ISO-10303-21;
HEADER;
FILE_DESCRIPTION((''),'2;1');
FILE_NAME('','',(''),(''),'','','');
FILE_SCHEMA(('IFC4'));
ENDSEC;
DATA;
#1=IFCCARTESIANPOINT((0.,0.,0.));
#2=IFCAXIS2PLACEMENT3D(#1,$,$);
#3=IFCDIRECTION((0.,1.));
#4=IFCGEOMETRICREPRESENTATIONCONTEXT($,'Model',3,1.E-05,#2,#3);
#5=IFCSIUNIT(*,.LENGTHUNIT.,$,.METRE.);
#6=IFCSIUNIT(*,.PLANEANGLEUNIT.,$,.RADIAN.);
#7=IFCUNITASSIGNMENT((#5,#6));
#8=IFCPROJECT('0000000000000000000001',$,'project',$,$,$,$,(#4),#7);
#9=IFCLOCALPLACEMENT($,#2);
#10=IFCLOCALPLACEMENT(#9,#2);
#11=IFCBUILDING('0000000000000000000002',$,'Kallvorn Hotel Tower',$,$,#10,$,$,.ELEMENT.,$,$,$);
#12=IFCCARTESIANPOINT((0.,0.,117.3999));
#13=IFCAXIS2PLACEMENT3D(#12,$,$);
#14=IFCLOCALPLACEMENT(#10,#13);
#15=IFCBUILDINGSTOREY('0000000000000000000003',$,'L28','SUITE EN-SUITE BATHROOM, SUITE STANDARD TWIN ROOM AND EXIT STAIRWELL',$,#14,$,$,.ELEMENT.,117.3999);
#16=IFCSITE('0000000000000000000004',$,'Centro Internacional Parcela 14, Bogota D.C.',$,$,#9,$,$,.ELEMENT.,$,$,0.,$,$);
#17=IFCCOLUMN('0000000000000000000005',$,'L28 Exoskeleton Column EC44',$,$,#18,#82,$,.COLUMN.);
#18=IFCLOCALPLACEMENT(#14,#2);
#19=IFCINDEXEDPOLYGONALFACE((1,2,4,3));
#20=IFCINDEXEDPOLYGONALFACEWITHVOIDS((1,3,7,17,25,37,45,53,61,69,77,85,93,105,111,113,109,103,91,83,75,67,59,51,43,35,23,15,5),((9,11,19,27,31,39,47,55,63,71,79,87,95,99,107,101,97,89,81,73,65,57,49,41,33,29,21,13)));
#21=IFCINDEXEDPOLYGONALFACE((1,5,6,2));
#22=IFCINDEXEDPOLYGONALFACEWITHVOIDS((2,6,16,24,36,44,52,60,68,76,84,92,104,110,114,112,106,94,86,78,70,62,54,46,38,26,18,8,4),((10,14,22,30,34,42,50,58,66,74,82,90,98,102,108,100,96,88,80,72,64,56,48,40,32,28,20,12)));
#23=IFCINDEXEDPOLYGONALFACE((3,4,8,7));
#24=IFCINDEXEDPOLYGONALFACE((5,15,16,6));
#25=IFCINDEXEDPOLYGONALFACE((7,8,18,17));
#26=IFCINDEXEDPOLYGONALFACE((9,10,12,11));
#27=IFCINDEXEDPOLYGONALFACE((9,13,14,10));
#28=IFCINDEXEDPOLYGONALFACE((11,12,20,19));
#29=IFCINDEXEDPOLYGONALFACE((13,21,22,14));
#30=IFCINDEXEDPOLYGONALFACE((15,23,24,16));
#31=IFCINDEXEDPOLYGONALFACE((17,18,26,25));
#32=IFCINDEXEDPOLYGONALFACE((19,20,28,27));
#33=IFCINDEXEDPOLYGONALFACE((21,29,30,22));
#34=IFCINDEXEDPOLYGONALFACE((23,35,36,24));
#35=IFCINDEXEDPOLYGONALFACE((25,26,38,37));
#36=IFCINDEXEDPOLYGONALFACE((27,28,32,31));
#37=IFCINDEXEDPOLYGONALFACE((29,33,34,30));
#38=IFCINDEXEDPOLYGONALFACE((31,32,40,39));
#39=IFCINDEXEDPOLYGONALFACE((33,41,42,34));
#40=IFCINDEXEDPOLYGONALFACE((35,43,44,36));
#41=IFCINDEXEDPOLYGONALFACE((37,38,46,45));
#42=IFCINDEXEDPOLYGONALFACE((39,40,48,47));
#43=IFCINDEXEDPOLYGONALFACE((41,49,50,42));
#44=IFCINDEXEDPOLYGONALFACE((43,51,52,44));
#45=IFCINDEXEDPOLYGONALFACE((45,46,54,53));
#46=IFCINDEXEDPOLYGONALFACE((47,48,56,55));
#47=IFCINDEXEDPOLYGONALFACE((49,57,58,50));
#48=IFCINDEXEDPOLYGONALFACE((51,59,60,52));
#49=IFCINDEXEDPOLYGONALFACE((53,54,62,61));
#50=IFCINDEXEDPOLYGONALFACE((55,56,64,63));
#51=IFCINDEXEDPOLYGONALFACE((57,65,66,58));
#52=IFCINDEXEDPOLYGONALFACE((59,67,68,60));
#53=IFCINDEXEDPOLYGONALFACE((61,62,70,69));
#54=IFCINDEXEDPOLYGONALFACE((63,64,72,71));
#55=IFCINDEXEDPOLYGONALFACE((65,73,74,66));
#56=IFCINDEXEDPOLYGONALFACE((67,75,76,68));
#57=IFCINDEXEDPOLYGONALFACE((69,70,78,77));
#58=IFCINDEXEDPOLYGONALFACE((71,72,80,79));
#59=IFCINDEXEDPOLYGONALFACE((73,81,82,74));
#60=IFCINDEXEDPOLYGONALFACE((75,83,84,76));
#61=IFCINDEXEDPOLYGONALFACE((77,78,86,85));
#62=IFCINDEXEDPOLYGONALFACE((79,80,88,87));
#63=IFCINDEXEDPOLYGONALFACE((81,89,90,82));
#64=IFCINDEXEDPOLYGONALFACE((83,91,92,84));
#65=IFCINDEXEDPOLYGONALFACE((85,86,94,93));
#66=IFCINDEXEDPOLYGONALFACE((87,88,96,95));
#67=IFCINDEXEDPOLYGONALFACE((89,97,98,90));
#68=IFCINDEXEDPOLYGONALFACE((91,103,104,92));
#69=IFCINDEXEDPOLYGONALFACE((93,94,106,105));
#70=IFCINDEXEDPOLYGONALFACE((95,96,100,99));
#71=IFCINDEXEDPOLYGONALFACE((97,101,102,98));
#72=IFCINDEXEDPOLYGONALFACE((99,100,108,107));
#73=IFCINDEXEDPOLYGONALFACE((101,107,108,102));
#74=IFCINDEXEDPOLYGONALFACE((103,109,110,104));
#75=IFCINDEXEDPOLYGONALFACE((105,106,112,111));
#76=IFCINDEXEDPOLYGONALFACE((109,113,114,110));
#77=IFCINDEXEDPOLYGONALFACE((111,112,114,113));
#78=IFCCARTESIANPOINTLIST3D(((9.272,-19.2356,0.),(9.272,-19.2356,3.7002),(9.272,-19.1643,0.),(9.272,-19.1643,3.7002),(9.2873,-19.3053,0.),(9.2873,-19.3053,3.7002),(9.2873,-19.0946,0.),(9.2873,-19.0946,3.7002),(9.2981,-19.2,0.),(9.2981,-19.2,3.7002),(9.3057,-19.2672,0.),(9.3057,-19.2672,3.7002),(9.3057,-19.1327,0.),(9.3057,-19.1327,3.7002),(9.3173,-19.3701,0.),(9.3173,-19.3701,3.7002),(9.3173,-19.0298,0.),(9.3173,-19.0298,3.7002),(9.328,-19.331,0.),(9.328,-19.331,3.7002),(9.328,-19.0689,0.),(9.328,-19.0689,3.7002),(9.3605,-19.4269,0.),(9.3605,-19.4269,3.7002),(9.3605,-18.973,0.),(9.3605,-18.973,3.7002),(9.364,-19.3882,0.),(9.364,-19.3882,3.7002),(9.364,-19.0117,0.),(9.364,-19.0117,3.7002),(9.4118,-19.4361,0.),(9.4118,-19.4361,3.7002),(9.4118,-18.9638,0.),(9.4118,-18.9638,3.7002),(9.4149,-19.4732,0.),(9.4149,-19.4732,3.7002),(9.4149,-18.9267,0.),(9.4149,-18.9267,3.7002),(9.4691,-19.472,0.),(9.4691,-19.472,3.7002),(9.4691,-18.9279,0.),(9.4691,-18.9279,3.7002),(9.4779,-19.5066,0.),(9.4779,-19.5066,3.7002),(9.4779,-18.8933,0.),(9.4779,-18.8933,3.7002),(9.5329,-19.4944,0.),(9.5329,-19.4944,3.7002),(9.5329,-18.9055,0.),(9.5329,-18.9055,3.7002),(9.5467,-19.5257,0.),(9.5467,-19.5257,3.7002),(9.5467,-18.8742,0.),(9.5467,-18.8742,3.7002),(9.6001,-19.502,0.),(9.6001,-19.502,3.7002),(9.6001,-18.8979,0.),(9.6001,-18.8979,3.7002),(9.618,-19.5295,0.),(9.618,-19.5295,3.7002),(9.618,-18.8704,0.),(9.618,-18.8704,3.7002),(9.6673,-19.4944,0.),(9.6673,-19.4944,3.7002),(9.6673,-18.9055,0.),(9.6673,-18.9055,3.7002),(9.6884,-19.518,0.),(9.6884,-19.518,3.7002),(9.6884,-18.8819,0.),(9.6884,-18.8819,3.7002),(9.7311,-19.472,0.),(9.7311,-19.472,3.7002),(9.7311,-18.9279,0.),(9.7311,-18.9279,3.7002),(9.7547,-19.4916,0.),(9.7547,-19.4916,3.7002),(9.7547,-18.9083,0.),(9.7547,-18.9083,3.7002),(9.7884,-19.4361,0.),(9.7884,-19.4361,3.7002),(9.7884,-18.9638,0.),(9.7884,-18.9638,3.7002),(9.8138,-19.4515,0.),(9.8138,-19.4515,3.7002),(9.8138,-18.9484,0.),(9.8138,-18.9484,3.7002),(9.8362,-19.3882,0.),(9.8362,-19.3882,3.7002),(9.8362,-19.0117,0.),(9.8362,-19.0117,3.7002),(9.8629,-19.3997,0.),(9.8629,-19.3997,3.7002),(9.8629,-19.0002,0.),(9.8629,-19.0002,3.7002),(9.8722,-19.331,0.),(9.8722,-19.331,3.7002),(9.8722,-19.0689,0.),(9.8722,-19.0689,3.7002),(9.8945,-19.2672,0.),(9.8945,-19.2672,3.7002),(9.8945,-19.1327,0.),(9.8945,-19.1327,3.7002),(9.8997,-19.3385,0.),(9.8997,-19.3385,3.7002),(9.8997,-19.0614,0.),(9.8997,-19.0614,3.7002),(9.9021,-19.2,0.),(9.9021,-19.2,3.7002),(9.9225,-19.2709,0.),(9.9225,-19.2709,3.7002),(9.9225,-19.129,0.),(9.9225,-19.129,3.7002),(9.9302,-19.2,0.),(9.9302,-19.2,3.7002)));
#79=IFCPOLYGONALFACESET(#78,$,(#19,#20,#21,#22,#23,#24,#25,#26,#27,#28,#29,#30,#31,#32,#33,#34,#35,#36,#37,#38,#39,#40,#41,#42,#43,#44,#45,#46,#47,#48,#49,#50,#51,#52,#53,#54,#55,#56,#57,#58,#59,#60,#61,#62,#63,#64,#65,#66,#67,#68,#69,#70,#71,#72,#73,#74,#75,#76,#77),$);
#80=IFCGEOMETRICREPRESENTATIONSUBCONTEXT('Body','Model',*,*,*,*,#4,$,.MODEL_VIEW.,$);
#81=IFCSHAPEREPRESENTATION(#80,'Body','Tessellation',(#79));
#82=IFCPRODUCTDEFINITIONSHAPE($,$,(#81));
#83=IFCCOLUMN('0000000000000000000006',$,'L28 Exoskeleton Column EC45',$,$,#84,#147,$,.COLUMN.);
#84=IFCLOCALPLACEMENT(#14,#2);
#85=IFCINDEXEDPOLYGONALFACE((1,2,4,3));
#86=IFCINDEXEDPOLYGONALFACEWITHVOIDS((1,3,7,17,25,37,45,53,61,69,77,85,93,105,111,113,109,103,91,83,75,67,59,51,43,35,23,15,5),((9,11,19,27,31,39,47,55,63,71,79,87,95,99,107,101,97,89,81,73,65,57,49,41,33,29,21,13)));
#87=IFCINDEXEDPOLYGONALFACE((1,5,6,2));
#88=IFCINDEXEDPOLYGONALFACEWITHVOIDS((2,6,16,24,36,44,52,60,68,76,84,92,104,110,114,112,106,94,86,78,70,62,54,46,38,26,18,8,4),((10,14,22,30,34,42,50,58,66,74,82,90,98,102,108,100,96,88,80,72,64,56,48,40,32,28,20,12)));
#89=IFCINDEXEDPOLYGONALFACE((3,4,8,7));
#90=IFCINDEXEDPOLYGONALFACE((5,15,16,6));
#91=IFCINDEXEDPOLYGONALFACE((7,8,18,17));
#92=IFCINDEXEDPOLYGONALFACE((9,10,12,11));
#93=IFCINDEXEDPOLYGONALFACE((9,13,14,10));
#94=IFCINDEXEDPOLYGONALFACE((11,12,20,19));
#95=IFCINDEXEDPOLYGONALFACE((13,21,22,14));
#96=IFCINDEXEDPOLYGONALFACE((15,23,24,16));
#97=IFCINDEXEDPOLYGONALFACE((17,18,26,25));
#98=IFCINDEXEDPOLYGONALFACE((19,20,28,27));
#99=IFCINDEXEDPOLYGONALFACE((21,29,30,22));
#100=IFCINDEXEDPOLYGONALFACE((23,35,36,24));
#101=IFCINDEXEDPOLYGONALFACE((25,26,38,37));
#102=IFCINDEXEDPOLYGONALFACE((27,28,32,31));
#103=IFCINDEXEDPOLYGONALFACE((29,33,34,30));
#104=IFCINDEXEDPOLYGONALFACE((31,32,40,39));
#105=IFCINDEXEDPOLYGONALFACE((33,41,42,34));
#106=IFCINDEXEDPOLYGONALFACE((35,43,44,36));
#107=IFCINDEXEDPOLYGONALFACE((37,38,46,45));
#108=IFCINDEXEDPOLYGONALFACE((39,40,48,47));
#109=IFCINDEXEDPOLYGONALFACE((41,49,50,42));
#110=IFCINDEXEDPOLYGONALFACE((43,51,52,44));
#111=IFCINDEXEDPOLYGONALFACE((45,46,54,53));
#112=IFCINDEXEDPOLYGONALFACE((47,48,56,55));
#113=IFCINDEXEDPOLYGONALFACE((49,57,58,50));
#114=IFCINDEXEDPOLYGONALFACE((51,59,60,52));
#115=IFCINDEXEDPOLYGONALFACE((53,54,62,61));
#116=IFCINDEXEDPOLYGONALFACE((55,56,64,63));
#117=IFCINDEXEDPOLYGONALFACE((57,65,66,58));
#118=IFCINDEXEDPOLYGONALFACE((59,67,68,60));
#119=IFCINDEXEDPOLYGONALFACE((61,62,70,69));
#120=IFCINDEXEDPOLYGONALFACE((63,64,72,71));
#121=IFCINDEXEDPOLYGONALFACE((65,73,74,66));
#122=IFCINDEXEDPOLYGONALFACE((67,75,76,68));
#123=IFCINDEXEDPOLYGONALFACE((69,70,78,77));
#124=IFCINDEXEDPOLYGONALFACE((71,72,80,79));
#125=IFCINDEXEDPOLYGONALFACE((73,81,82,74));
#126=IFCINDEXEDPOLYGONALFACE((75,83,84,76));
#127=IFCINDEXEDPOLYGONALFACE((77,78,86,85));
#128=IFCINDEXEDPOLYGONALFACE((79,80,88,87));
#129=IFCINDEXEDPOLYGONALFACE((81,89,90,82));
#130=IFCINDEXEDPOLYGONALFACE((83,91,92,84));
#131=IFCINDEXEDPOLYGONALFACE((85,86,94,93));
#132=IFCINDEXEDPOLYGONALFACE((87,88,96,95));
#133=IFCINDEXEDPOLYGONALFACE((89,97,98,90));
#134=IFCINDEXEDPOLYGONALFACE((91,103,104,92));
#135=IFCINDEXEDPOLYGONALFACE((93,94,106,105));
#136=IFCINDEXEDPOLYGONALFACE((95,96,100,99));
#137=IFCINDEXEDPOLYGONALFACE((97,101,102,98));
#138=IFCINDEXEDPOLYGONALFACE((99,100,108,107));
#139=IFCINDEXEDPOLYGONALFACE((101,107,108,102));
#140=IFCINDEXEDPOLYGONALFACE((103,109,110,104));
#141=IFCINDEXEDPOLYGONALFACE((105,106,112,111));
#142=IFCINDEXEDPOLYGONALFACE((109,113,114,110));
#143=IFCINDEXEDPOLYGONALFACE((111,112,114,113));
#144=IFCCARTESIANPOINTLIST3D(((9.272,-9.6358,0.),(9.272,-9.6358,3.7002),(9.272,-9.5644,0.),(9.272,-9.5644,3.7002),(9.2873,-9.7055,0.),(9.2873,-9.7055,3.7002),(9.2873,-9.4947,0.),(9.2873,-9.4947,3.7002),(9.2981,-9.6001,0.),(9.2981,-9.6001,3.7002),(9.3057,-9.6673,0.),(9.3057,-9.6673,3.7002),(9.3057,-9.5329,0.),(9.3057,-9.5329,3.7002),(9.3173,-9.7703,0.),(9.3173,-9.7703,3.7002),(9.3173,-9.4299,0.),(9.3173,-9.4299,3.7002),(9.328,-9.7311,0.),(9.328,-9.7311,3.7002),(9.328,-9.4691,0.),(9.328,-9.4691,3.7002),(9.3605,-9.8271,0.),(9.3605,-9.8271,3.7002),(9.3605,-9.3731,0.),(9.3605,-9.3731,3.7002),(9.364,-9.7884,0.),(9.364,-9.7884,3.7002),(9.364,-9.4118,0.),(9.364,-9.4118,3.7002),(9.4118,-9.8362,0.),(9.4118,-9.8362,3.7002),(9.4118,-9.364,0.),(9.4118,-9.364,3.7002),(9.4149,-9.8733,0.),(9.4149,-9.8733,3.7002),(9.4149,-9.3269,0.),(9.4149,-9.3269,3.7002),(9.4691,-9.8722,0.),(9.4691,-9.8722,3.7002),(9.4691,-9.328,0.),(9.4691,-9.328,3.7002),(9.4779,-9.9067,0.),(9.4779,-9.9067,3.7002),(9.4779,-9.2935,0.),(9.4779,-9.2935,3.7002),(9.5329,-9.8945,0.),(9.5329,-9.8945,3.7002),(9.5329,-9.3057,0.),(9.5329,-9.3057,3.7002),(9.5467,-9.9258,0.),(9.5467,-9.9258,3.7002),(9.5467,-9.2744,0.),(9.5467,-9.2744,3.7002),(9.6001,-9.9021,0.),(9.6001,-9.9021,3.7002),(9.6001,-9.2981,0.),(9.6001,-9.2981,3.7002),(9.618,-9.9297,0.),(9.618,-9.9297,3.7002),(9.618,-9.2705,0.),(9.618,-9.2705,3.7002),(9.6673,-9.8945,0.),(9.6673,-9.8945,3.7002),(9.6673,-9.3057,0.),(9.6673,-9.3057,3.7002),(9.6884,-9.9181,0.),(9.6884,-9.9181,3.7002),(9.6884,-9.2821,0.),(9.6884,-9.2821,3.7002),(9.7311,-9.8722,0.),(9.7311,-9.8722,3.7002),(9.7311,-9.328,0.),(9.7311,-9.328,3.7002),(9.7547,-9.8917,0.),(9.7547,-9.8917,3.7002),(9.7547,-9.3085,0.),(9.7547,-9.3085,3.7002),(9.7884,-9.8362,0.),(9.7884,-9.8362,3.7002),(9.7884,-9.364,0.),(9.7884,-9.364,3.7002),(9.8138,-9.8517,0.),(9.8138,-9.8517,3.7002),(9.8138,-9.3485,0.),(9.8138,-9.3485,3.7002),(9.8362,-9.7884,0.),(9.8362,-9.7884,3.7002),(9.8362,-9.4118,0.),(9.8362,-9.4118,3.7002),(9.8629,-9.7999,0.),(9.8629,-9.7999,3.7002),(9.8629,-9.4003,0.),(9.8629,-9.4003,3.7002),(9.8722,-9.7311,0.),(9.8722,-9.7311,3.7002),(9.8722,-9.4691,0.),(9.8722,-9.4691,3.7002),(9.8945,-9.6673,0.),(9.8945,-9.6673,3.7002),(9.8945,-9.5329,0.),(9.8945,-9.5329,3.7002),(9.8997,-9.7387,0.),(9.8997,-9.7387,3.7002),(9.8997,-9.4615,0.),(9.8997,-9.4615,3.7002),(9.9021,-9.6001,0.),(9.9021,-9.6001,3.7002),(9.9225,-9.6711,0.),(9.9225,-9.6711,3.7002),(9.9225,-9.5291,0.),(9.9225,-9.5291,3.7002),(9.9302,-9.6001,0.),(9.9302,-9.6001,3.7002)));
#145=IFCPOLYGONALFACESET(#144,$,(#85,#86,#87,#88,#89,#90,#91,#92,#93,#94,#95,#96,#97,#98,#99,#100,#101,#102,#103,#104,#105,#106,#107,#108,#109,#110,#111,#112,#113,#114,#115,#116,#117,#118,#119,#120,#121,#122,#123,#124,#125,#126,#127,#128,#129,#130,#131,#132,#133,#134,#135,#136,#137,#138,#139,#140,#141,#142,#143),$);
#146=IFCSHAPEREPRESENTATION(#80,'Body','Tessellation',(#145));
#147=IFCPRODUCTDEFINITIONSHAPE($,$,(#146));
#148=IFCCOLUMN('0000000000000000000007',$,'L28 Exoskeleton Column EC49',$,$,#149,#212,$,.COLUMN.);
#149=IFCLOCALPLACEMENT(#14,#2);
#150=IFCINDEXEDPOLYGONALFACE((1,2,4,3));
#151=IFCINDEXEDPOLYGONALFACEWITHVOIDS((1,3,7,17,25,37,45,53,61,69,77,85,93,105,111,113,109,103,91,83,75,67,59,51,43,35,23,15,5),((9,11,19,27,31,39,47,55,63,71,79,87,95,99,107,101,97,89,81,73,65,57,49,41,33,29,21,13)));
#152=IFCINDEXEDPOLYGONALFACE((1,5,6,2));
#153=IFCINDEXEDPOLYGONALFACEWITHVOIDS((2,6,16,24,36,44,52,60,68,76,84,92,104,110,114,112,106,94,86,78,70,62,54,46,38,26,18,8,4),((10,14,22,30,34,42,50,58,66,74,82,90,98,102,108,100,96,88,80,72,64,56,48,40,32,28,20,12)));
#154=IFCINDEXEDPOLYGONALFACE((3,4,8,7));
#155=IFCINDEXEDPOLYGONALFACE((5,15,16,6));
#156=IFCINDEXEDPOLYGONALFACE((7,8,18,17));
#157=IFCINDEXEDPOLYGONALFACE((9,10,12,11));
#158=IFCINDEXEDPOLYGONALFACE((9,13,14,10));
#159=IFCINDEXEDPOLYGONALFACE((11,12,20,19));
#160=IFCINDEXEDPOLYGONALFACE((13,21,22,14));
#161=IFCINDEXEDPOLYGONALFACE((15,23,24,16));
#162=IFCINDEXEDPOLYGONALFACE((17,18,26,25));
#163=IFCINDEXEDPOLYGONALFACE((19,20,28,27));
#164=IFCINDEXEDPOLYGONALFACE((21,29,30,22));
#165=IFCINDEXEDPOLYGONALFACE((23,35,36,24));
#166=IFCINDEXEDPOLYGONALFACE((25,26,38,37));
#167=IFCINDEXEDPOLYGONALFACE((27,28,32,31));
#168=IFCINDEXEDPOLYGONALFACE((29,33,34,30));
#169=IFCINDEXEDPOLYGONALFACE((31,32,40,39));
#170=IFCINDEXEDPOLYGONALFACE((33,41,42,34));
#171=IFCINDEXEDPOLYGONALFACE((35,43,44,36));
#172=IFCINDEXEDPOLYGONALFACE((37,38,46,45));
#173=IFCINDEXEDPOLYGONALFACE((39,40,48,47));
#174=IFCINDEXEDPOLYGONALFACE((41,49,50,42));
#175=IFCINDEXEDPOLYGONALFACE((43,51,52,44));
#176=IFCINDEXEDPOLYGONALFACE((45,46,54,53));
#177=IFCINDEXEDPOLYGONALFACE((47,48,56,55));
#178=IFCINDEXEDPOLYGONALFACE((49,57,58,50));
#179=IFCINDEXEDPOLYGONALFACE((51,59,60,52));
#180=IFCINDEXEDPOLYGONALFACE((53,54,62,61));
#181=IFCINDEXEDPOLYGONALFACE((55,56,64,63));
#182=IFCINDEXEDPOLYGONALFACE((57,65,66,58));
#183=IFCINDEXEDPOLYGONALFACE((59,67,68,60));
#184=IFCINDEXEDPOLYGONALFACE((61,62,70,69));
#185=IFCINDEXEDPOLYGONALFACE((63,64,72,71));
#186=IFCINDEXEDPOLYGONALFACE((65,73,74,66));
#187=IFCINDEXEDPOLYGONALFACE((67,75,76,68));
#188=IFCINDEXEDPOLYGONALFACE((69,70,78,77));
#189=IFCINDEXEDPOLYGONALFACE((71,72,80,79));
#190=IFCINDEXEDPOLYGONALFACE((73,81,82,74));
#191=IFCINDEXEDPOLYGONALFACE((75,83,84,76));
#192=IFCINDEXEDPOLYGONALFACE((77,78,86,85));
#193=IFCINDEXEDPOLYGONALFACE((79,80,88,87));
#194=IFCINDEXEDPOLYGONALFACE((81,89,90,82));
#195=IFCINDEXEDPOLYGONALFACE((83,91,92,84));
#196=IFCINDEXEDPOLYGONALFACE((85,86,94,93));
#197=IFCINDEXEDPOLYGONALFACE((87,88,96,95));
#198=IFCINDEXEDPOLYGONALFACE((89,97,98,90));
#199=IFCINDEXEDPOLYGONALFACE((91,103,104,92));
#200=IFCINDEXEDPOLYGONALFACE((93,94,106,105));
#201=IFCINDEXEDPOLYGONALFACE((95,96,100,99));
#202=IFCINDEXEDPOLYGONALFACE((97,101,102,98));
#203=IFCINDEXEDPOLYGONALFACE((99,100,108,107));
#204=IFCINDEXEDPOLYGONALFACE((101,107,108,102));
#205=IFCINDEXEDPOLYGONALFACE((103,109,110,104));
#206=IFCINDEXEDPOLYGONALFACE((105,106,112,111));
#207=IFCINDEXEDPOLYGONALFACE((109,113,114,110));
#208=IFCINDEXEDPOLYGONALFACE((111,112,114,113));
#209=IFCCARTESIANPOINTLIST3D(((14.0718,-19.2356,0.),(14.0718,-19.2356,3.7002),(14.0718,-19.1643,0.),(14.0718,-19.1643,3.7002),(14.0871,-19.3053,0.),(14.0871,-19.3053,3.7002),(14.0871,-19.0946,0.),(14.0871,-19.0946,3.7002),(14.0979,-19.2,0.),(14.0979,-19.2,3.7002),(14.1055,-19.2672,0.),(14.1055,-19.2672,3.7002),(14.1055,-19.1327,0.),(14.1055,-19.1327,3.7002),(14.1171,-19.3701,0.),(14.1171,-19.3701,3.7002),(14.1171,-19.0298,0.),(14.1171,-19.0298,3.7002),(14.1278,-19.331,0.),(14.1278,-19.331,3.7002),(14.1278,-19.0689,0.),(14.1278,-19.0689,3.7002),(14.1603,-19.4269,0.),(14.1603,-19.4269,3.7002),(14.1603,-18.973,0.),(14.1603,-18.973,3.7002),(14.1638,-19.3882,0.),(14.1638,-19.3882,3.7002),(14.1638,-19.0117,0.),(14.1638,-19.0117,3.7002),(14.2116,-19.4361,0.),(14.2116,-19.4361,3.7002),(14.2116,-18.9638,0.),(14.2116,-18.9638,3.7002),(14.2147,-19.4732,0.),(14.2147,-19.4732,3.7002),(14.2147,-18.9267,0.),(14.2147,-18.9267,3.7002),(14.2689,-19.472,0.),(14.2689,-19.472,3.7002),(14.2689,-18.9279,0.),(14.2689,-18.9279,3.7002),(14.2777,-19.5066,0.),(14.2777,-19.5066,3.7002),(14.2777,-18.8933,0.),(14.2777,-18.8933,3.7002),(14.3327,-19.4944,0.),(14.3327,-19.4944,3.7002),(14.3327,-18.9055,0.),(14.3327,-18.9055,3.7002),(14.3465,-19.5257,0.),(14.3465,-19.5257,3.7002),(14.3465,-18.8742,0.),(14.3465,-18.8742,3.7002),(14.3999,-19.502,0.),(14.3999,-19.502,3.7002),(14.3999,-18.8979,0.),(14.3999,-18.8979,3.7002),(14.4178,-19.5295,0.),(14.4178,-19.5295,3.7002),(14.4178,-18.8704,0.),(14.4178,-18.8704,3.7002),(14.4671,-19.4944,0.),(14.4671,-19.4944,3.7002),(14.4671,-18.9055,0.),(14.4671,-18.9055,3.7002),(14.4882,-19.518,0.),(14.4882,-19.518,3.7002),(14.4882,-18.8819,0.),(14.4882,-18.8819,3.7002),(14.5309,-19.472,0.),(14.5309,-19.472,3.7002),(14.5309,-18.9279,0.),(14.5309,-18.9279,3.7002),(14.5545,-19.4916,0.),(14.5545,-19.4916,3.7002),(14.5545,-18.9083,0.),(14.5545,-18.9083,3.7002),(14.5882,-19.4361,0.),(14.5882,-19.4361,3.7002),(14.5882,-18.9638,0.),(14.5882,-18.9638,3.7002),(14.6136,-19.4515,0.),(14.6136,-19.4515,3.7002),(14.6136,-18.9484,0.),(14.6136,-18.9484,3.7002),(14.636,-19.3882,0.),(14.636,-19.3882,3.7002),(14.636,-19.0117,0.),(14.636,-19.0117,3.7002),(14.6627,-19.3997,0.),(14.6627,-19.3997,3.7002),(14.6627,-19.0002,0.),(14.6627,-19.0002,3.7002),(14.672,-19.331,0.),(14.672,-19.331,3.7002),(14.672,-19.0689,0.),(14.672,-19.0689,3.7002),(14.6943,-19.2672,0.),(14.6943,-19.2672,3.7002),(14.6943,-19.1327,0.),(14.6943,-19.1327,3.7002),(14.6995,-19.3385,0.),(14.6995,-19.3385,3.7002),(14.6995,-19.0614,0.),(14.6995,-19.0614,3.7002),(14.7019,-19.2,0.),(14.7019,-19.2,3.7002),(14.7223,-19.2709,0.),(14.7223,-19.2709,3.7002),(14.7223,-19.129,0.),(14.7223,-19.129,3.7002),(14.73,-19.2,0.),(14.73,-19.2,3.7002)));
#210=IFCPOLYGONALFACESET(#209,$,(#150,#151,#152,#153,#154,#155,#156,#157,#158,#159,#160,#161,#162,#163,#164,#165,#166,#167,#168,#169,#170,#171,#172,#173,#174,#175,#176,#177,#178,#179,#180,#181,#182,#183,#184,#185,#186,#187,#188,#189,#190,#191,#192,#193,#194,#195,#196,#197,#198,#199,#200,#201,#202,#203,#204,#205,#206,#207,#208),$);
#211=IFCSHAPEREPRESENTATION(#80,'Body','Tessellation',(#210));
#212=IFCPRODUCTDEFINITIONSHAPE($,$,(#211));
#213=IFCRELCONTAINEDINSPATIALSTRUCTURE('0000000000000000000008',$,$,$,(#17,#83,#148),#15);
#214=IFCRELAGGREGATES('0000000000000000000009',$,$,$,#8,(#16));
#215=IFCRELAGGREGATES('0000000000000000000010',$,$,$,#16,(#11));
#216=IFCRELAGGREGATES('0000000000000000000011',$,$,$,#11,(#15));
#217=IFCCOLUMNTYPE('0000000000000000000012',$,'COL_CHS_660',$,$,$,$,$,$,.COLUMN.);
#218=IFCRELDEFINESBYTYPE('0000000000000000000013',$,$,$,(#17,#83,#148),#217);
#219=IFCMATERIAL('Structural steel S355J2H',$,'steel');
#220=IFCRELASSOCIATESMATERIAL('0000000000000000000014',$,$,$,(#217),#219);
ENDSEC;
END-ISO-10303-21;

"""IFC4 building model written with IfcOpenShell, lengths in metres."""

from ifc_helpers import new_model, si_unit, direction, frame, origin, origin_2d, place, context, subcontext, project, spatial, hollow_circle, extrude, material, material_profile, profile_set, type_object, element, save


model = new_model("IFC4")

# Units and contexts
model_context = context("Model", 3, precision=1e-05, world=origin(), true_north=direction((0.0, 1.0)))
body_context = subcontext(model_context, "Body", "Model", "MODEL_VIEW")
ifc_project = project(units=[si_unit("LENGTHUNIT", "METRE"), si_unit("PLANEANGLEUNIT", "RADIAN")], contexts=[model_context])

# Site, building, storey
site_placement = place(None, origin())
site = spatial("IfcSite", under=ifc_project, at=site_placement, Name="Centro Internacional Parcela 14, Bogota D.C.", CompositionType="ELEMENT", RefElevation=0.0)
building_placement = place(site_placement, origin())
building = spatial("IfcBuilding", under=site, at=building_placement, Name="Kallvorn Hotel Tower", CompositionType="ELEMENT")
storey_placement = place(building_placement, frame((0.0, 0.0, 117.3999)))
storey = spatial("IfcBuildingStorey", under=building, at=storey_placement, Name="L28", Description="SUITE EN-SUITE BATHROOM, SUITE STANDARD TWIN ROOM AND EXIT STAIRWELL", CompositionType="ELEMENT", Elevation=117.3999)

# Columns
ifc_material_1 = material(Name="Structural steel S355J2H", Category="steel")
ifc_material_profile_1 = material_profile(ifc_material_1, hollow_circle(Radius=0.3301, WallThickness=0.0281, at=origin_2d()), Name="CHS 660x28")
ifc_profile_set_1 = profile_set([ifc_material_profile_1], Name="Structural steel S355J2H")
column_type_1 = type_object("IfcColumnType", Name="COL_CHS_660", PredefinedType="COLUMN", material=ifc_profile_set_1)
for number, where, z_axis, x_axis, name in (
    (1, (9.6001, -19.2, 0.0), (0.0, 0.0, 1.0), (1.0, 0.0, 0.0), "L28 Exoskeleton Column EC44"),
    (2, (9.6001, -9.6001, 0.0), (0.0, 0.0, 1.0), (1.0, 0.0, 0.0), "L28 Exoskeleton Column EC45"),
    (3, (14.3999, -19.2, 0.0), (0.0, 0.0, 1.0), (1.0, 0.0, 0.0), "L28 Exoskeleton Column EC49"),
):
    element("IfcColumn", number, at=place(storey_placement, frame(where, z_axis=z_axis, x_axis=x_axis)), inside=storey, type_object=column_type_1, Name=name, PredefinedType="COLUMN", context=body_context, shape_type="SweptSolid", body=[
        extrude(hollow_circle(Radius=0.3301, WallThickness=0.0281, at=origin_2d()), origin(), (0.0, 0.0, 1.0), 3.7002),
    ])

save(model, "model.ifc")
